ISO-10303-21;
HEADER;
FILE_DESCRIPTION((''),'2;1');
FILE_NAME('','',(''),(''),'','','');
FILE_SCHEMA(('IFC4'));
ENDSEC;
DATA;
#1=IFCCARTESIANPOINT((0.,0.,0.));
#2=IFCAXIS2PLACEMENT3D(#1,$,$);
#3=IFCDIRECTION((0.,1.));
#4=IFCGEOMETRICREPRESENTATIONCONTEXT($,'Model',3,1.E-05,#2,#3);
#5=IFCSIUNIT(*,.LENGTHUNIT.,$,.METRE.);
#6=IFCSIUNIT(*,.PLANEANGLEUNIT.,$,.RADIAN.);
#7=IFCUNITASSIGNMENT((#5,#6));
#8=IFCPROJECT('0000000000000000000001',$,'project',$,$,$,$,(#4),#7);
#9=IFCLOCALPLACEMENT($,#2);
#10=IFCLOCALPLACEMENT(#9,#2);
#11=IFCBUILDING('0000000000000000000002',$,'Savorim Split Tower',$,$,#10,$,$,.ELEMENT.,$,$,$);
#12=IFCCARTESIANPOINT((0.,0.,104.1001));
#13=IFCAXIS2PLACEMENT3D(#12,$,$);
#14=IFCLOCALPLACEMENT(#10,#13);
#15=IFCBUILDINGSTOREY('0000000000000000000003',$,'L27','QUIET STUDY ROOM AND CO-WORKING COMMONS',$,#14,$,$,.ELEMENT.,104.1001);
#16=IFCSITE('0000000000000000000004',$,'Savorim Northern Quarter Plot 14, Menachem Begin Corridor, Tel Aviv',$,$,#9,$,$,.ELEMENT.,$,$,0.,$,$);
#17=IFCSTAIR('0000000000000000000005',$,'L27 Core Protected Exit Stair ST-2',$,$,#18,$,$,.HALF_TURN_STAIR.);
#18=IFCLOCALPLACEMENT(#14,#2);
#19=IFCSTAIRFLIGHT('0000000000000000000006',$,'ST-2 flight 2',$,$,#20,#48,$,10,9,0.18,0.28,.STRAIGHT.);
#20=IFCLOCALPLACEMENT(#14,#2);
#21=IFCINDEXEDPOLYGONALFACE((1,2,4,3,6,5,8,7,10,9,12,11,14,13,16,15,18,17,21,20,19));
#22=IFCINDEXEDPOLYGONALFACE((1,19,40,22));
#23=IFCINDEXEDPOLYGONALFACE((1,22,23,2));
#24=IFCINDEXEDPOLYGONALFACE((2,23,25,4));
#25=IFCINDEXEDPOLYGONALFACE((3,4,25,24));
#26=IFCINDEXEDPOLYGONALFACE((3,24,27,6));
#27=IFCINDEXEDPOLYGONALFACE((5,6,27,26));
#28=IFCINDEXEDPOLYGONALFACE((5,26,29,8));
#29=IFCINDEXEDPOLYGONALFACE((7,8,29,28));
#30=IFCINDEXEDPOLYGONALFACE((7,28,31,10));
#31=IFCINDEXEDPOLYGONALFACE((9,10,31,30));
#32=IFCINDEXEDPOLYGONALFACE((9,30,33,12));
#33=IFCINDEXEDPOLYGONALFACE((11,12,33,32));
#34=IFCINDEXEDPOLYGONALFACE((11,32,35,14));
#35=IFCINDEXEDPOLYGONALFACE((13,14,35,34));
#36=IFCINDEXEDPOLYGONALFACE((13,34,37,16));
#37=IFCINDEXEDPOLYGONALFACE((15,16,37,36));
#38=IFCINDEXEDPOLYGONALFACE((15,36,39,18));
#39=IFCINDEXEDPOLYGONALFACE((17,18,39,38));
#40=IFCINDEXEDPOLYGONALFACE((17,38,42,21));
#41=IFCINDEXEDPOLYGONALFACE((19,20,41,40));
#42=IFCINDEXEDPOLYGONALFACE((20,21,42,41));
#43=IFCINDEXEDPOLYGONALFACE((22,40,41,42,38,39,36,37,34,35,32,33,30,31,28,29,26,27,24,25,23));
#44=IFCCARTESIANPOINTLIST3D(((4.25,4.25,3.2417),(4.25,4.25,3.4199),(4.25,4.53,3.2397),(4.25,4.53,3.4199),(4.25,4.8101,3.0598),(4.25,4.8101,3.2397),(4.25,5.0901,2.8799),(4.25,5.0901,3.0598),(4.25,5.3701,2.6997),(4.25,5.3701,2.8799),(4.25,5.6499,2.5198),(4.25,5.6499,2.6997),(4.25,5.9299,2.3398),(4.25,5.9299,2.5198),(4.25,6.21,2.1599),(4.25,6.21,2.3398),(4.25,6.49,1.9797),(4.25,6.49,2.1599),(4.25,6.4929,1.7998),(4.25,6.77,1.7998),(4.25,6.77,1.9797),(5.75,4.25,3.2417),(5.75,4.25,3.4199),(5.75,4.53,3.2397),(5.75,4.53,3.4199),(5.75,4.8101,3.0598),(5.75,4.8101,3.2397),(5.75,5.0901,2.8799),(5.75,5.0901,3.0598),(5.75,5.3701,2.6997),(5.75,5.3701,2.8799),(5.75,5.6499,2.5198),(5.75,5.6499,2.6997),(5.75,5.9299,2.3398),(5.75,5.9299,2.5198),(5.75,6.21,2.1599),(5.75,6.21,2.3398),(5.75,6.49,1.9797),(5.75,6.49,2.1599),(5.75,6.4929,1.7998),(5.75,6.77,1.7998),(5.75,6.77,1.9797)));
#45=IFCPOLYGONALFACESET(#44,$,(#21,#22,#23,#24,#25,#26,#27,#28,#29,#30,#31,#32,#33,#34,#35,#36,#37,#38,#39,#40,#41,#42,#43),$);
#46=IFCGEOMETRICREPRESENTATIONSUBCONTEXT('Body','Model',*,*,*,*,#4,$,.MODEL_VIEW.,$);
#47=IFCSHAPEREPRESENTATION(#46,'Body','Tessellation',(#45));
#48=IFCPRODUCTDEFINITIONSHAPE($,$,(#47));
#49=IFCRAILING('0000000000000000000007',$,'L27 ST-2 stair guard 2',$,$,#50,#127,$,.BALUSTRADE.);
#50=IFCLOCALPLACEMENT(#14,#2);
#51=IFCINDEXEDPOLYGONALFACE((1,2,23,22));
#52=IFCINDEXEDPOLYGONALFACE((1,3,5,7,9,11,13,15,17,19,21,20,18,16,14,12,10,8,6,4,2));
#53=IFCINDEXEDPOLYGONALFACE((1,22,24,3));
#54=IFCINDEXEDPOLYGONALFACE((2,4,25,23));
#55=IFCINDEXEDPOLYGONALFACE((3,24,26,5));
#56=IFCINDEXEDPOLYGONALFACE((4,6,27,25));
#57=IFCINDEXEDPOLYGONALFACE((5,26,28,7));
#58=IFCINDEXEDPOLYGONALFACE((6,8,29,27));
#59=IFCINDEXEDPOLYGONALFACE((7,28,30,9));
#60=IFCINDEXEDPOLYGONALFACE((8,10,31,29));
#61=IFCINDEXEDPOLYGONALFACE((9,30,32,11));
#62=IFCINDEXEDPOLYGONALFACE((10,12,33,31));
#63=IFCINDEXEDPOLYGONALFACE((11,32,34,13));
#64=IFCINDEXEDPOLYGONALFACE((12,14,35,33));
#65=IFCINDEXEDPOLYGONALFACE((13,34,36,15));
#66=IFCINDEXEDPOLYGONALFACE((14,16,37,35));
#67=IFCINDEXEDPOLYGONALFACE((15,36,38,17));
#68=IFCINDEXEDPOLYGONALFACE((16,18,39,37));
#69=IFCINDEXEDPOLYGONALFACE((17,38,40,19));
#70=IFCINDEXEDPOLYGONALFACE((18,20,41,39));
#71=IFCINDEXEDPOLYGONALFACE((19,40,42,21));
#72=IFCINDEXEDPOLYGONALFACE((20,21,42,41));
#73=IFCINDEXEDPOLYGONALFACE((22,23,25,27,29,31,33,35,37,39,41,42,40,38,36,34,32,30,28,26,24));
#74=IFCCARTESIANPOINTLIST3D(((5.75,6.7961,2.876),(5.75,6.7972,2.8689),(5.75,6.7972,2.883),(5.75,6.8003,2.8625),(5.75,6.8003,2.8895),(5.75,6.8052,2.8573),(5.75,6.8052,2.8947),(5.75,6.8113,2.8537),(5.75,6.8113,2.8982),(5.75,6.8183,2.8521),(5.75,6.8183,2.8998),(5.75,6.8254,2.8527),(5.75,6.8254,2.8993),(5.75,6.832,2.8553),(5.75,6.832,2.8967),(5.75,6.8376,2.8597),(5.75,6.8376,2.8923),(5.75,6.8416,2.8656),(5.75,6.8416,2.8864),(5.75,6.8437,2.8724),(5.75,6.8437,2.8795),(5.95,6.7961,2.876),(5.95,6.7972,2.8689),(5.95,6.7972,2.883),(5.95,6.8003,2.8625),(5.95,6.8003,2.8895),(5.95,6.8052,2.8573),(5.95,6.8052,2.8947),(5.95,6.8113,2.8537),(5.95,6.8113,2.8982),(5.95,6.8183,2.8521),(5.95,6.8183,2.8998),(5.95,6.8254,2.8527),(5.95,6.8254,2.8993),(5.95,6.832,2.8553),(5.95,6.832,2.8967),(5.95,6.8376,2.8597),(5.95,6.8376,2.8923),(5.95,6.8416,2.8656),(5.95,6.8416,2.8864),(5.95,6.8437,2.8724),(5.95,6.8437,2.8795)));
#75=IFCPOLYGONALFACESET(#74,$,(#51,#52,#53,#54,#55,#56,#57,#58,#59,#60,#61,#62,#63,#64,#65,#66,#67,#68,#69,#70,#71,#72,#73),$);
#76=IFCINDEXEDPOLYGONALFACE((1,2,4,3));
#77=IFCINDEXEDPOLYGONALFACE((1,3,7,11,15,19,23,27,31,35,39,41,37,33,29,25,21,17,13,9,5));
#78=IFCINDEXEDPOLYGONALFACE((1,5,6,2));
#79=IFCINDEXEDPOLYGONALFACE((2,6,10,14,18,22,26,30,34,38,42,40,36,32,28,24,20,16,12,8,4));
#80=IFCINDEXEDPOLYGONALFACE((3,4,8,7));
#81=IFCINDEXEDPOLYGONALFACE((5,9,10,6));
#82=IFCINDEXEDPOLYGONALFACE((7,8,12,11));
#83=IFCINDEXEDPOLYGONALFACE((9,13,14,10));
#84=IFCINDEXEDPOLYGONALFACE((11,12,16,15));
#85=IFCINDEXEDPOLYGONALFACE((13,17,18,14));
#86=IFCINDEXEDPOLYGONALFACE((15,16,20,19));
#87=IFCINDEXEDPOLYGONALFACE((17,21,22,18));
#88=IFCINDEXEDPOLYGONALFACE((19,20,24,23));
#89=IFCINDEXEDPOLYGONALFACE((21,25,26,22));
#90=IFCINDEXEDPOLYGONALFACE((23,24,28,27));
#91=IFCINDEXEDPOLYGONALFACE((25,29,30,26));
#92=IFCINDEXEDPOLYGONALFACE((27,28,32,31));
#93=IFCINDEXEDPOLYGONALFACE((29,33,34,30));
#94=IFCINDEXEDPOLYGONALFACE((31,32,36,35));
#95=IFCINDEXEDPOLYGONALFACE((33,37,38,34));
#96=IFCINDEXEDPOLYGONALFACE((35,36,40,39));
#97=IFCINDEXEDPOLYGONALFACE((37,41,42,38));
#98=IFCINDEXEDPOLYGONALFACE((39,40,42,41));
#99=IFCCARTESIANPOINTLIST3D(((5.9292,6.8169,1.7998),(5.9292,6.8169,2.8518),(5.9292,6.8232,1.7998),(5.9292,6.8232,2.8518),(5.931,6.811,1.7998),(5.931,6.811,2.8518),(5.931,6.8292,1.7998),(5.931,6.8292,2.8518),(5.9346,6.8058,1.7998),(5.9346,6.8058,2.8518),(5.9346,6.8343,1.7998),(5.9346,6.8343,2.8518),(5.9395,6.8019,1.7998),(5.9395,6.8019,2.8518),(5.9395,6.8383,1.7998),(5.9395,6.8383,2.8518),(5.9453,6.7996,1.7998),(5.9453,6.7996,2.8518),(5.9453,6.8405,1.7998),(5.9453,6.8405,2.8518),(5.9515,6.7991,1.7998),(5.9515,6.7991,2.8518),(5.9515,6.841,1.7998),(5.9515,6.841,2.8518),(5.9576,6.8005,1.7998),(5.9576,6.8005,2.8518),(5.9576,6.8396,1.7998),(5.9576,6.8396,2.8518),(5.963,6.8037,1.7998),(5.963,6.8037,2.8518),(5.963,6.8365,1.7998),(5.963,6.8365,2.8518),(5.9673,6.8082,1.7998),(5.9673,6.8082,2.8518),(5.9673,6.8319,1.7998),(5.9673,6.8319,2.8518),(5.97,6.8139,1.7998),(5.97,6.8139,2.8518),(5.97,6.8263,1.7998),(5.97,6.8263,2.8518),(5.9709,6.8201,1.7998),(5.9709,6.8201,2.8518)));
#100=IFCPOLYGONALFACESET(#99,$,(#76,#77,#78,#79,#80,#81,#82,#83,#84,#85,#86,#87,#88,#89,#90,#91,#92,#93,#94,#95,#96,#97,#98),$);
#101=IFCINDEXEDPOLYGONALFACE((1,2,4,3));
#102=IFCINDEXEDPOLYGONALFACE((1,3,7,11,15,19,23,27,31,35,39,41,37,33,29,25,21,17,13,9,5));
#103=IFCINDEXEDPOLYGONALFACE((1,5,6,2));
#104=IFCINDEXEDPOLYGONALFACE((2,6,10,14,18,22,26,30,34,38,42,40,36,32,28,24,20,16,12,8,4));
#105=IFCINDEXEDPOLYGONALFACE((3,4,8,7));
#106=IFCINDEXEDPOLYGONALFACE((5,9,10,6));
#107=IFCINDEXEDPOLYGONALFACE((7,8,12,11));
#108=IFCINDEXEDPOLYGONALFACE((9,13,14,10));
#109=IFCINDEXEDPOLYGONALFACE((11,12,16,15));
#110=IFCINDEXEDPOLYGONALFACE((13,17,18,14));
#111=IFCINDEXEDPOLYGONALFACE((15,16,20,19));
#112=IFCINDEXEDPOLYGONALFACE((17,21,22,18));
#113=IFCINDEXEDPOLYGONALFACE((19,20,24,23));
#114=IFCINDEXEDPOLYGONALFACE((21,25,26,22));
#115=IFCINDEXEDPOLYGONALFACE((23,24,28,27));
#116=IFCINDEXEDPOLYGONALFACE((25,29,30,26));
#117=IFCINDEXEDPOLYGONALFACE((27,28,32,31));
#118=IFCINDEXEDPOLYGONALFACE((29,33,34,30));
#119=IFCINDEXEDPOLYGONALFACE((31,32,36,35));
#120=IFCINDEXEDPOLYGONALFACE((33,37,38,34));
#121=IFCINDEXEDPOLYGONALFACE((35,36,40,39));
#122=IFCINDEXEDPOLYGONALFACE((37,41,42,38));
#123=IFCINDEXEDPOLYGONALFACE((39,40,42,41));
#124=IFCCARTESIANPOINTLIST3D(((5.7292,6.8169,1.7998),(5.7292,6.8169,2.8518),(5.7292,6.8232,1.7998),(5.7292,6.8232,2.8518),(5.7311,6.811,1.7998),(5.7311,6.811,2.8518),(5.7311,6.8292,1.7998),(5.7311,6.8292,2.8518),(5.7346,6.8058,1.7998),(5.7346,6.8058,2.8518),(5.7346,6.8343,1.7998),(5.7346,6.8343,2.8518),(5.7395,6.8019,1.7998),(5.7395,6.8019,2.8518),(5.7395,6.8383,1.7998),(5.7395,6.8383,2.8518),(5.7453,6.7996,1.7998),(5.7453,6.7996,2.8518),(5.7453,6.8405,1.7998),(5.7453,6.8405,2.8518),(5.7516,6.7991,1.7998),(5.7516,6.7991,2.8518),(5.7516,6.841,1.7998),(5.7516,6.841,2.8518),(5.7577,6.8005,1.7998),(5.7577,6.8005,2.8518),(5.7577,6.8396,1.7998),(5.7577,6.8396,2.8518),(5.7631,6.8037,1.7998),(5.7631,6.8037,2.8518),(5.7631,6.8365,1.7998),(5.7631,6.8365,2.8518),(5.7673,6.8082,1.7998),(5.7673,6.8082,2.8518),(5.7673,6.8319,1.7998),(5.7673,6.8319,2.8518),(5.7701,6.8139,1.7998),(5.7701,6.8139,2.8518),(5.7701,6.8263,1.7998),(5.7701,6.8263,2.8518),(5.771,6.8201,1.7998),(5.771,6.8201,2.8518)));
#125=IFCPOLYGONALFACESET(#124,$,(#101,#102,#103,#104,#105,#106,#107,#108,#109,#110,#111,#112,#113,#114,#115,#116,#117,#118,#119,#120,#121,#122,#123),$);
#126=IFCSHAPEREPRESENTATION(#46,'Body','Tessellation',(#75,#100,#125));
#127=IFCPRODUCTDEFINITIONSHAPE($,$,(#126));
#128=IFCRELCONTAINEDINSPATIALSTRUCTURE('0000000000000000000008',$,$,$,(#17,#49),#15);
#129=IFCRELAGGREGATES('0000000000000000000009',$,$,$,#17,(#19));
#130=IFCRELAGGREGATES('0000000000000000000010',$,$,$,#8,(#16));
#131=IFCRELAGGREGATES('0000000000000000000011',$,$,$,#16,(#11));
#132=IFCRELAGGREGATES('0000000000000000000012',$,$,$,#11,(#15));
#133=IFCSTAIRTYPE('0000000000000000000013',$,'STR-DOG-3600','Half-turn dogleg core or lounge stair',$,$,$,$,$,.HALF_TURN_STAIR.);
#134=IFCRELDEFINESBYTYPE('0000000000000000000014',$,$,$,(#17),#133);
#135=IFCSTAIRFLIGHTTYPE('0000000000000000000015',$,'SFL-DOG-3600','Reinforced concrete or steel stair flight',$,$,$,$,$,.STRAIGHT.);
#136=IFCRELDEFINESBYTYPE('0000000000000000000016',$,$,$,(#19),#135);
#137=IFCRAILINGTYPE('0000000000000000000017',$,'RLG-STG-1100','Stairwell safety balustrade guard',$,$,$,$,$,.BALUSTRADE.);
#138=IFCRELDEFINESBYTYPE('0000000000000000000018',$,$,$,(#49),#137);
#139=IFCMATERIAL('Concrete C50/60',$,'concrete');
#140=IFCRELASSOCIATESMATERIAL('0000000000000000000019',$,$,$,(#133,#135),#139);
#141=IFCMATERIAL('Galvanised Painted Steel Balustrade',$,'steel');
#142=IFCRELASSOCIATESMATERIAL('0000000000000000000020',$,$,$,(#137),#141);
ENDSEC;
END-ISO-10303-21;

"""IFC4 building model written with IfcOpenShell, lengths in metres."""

from ifc_helpers import new_model, si_unit, direction, frame, origin, origin_2d, place, context, subcontext, project, spatial, polyline, circle, outline, extrude, material, type_object, element, aggregate, save


model = new_model("IFC4")

# Units and contexts
model_context = context("Model", 3, precision=1e-05, world=origin(), true_north=direction((0.0, 1.0)))
body_context = subcontext(model_context, "Body", "Model", "MODEL_VIEW")
ifc_project = project(units=[si_unit("LENGTHUNIT", "METRE"), si_unit("PLANEANGLEUNIT", "RADIAN")], contexts=[model_context])

# Site, building, storey
site_placement = place(None, origin())
site = spatial("IfcSite", under=ifc_project, at=site_placement, Name="Savorim Northern Quarter Plot 14, Menachem Begin Corridor, Tel Aviv", CompositionType="ELEMENT", RefElevation=0.0)
building_placement = place(site_placement, origin())
building = spatial("IfcBuilding", under=site, at=building_placement, Name="Savorim Split Tower", CompositionType="ELEMENT")
storey_placement = place(building_placement, frame((0.0, 0.0, 104.1001)))
storey = spatial("IfcBuildingStorey", under=building, at=storey_placement, Name="L27", Description="QUIET STUDY ROOM AND CO-WORKING COMMONS", CompositionType="ELEMENT", Elevation=104.1001)

# Stair, stair flight
ifc_material_1 = material(Name="Concrete C50/60", Category="concrete")
stair_type = type_object("IfcStairType", Name="STR-DOG-3600", Description="Half-turn dogleg core or lounge stair", PredefinedType="HALF_TURN_STAIR", material=ifc_material_1)
stair_placement = place(storey_placement, origin())
stair = element("IfcStair", 1, at=stair_placement, inside=storey, type_object=stair_type, Name="L27 Core Protected Exit Stair ST-2", PredefinedType="HALF_TURN_STAIR")
stair_flight_type = type_object("IfcStairFlightType", Name="SFL-DOG-3600", Description="Reinforced concrete or steel stair flight", PredefinedType="STRAIGHT", material=ifc_material_1)
stair_flight_placement = place(storey_placement, frame((5.0, 6.77, 1.7998), z_axis=(0.0, 0.0, 1.0), x_axis=(0.0, -1.0, 0.0)))
stair_flight = element("IfcStairFlight", 2, at=stair_flight_placement, type_object=stair_flight_type, Name="ST-2 flight 2", NumberOfRisers=10, NumberOfTreads=9, PredefinedType="STRAIGHT", RiserHeight=0.18, TreadLength=0.28, context=body_context, shape_type="SweptSolid", body=[
    extrude(outline(polyline([(0.0, 0.0), (0.0, 0.1799), (0.28, 0.1799), (0.28, 0.3601), (0.5601, 0.3601), (0.5601, 0.54), (0.8401, 0.54), (0.8401, 0.72), (1.1201, 0.72), (1.1201, 0.8999), (1.3999, 0.8999), (1.3999, 1.0801), (1.6799, 1.0801), (1.6799, 1.26), (1.96, 1.26), (1.96, 1.4399), (2.24, 1.4399), (2.24, 1.6201), (2.52, 1.6201), (2.52, 1.8), (2.52, 1.4419), (0.2771, 0.0), (0.0, 0.0)])), frame((0.0, 0.75, 0.0), z_axis=(0.0, -1.0, 0.0), x_axis=(1.0, 0.0, 0.0)), (0.0, 0.0, 1.0), 1.5),
])
aggregate(stair, [stair_flight])

# Railing
ifc_material_2 = material(Name="Galvanised Painted Steel Balustrade", Category="steel")
railing_type = type_object("IfcRailingType", Name="RLG-STG-1100", Description="Stairwell safety balustrade guard", PredefinedType="BALUSTRADE", material=ifc_material_2)
railing_1_placement = place(storey_placement, frame((5.95, 6.8201, 1.7998)))
element("IfcRailing", 3, at=railing_1_placement, inside=storey, type_object=railing_type, Name="L27 ST-2 stair guard 2", PredefinedType="BALUSTRADE", context=body_context, shape_type="SweptSolid", body=[
    extrude(circle(Radius=0.0239, at=origin_2d()), frame((0.0, 0.0, 1.0762), z_axis=(-1.0, 0.0, 0.0), x_axis=(0.0, -1.0, 0.0)), (0.0, 0.0, 1.0), 0.2),
    extrude(circle(Radius=0.021, at=origin_2d()), origin(), (0.0, 0.0, 1.0), 1.052),
    extrude(circle(Radius=0.021, at=origin_2d()), frame((-0.2, 0.0, 0.0)), (0.0, 0.0, 1.0), 1.052),
])

save(model, "model.ifc")
